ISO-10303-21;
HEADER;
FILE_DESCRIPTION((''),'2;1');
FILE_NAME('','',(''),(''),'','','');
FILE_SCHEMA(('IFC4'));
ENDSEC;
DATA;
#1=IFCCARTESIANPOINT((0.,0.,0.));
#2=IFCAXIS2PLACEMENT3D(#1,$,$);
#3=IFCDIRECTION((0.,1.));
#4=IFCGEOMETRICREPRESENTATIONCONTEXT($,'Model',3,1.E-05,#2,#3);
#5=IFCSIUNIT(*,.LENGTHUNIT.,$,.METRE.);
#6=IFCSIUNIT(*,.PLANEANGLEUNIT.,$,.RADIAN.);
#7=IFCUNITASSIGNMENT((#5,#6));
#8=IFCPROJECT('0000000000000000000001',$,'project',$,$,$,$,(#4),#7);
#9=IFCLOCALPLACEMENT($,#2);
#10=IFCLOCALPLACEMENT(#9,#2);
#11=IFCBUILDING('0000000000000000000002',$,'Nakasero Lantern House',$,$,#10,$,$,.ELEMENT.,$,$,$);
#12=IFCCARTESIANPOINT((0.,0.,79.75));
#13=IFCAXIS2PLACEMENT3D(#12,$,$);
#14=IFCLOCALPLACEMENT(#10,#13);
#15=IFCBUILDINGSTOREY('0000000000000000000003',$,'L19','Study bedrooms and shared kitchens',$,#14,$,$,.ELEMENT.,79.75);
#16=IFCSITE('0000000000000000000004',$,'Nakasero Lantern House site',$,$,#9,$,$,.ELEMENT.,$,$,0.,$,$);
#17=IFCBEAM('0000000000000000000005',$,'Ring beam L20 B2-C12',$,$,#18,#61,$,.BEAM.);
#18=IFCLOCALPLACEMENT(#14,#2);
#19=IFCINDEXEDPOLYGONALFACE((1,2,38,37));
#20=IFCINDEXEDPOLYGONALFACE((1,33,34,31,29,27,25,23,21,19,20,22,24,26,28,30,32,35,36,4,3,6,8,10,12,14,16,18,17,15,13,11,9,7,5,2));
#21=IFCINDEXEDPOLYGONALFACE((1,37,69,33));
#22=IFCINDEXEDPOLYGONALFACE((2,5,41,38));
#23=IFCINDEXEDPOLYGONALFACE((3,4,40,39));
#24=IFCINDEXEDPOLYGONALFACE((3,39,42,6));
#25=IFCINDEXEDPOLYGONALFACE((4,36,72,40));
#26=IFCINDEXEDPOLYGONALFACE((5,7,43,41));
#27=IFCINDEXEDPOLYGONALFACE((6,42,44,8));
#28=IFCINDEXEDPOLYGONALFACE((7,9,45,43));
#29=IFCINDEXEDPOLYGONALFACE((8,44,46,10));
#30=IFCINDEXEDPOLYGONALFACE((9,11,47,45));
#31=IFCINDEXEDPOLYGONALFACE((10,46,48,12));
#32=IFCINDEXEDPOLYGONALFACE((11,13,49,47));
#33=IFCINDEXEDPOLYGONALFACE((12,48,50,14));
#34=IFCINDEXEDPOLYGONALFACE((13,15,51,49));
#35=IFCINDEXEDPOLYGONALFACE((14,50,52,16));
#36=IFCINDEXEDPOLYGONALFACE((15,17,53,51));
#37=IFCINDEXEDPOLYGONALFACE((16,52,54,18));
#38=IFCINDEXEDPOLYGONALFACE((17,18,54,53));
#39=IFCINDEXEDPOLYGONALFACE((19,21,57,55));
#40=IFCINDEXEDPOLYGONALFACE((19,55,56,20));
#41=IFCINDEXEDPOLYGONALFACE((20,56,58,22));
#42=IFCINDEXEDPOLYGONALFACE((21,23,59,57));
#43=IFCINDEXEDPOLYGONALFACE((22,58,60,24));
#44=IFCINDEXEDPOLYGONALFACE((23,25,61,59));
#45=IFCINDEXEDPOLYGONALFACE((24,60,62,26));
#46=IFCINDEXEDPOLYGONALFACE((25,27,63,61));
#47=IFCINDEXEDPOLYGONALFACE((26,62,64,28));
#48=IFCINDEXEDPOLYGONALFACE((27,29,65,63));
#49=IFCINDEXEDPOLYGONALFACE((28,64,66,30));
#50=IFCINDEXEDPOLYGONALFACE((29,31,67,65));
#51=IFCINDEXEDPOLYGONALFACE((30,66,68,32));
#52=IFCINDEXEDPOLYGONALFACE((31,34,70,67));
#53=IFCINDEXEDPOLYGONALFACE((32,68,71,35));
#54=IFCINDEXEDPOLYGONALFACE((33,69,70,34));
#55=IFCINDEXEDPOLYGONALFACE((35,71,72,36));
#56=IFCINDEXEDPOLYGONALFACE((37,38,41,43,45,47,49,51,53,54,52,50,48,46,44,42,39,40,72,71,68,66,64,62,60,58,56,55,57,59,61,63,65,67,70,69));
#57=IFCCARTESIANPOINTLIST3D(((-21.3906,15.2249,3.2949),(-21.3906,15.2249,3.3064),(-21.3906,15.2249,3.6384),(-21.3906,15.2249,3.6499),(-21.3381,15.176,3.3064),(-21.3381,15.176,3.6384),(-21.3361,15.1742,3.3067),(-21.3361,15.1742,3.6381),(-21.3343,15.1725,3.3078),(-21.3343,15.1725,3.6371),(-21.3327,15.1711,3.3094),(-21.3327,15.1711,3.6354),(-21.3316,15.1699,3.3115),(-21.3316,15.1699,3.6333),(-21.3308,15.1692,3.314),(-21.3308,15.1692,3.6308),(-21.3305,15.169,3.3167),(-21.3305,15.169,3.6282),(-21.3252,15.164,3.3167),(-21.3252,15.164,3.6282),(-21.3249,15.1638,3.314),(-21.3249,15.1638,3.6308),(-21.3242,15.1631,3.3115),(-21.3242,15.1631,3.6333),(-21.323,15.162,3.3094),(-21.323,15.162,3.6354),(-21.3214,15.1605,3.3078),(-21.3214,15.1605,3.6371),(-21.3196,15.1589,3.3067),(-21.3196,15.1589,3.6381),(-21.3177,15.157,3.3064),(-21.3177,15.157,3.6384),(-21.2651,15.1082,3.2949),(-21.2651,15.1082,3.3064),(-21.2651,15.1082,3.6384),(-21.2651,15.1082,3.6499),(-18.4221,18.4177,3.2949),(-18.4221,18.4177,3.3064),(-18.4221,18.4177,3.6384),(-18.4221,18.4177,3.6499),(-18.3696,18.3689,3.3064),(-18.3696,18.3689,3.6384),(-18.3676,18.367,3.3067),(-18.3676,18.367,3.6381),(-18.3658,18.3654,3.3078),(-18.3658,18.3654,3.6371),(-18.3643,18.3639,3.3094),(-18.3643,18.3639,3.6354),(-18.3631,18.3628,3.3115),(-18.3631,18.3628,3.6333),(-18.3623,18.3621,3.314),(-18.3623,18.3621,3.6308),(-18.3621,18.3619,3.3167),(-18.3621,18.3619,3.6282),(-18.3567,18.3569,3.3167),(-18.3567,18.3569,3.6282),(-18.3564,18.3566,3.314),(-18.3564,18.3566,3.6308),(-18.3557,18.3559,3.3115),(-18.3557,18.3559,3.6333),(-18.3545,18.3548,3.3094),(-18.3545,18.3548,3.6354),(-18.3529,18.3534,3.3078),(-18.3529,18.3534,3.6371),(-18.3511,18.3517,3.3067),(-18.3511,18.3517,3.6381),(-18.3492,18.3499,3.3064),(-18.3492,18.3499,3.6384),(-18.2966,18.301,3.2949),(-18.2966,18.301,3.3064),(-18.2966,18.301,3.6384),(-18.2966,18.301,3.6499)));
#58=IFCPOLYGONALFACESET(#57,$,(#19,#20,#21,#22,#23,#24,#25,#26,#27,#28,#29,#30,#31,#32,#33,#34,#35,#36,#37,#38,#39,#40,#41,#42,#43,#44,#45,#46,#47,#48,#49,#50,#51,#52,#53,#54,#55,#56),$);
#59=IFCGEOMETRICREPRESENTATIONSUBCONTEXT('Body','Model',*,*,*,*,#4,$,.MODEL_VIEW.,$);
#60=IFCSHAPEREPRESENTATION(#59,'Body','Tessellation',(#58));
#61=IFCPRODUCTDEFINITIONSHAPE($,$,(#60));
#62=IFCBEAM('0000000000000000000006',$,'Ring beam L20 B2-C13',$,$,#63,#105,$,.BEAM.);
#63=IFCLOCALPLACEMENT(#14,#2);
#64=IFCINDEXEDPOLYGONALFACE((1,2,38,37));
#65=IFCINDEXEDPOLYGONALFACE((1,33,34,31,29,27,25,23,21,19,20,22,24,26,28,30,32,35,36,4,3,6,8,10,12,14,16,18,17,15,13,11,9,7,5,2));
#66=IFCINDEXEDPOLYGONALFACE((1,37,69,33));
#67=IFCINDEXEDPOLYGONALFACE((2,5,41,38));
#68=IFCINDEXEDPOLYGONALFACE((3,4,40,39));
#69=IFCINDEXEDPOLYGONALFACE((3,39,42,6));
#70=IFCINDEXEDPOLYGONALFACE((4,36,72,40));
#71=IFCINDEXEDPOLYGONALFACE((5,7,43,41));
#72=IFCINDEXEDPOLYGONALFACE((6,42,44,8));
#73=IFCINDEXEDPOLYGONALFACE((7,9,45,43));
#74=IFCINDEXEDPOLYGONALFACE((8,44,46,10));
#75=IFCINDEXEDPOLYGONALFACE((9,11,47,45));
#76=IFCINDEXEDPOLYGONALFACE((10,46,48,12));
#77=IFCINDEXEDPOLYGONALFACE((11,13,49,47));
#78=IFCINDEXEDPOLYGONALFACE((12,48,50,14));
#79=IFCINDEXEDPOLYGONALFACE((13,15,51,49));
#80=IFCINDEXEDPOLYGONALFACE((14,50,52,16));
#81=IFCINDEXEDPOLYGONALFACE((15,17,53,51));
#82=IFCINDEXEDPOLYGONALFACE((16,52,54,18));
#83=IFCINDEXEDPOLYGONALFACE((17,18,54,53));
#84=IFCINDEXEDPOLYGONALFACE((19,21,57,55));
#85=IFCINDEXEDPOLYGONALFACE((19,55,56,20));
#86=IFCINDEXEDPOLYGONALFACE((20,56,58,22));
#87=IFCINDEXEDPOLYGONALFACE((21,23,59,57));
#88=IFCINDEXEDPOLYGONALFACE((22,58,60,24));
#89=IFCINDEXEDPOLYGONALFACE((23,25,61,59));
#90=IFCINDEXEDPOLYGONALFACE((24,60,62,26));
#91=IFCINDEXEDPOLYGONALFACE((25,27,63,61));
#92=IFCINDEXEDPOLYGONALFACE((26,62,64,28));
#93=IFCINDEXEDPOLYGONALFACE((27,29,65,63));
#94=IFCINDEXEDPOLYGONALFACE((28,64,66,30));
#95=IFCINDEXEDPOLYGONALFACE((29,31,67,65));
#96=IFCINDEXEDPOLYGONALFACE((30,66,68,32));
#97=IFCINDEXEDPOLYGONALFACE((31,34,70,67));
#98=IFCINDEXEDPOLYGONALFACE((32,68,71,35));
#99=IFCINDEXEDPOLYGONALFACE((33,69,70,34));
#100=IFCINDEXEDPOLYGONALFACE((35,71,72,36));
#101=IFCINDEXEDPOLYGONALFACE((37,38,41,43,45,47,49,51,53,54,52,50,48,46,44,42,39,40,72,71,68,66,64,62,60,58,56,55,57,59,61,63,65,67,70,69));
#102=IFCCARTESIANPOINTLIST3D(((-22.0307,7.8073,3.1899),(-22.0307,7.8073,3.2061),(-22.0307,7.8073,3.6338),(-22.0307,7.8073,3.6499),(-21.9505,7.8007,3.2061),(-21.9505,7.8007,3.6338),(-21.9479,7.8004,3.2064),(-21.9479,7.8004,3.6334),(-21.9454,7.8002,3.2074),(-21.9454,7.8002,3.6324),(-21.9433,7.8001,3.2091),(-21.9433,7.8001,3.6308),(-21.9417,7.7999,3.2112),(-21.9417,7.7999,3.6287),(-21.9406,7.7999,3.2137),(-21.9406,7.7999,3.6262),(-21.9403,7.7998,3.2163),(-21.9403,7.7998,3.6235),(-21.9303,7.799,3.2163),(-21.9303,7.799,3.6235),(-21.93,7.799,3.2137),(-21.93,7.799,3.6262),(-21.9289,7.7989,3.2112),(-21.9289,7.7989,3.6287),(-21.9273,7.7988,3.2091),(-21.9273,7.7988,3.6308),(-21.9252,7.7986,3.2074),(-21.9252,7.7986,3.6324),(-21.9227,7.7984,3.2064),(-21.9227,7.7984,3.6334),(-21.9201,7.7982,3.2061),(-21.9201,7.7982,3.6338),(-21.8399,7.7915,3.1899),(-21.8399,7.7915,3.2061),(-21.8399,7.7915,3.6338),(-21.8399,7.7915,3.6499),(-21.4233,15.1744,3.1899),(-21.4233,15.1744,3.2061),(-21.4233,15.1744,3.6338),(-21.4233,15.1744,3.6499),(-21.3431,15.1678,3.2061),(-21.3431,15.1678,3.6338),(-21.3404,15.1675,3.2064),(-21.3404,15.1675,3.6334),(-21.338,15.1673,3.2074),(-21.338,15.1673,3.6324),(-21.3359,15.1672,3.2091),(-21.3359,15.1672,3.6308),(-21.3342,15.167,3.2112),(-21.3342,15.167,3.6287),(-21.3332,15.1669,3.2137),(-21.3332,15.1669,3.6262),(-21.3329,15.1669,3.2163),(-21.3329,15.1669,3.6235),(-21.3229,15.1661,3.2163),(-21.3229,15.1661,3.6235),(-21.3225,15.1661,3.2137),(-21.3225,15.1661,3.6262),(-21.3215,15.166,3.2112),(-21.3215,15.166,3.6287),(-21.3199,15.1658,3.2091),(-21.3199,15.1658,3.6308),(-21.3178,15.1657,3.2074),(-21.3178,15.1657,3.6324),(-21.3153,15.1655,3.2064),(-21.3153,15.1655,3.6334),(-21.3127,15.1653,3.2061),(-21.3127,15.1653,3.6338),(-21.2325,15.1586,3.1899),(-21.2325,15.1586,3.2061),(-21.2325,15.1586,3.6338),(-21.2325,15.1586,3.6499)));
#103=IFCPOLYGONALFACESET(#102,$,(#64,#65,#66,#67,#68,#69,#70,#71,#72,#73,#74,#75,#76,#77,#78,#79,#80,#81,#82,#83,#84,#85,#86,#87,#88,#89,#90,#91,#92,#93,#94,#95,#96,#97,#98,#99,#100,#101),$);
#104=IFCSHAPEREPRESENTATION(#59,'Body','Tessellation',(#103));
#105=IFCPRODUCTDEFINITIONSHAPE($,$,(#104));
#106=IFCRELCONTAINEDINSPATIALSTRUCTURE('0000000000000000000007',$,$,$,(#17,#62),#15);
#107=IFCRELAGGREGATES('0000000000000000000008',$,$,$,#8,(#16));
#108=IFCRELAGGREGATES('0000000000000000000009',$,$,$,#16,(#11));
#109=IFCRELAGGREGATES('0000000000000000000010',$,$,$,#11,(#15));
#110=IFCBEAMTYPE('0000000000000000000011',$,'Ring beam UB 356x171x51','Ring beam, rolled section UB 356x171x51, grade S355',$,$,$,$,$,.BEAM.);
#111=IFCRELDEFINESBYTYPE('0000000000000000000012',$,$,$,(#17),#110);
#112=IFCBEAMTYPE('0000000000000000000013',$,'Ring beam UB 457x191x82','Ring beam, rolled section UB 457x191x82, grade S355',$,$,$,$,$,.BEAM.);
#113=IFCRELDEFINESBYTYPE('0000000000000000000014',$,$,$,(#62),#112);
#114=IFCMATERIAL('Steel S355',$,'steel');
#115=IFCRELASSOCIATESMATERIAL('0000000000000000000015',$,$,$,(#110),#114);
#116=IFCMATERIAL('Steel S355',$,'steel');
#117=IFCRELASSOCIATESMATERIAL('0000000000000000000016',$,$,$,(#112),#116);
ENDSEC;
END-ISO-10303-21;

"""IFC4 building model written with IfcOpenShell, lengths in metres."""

from ifc_helpers import new_model, si_unit, direction, frame, origin, origin_2d, place, context, subcontext, project, spatial, i_section, extrude, material, material_profile, profile_set, type_object, element, save


model = new_model("IFC4")

# Units and contexts
model_context = context("Model", 3, precision=1e-05, world=origin(), true_north=direction((0.0, 1.0)))
body_context = subcontext(model_context, "Body", "Model", "MODEL_VIEW")
ifc_project = project(units=[si_unit("LENGTHUNIT", "METRE"), si_unit("PLANEANGLEUNIT", "RADIAN")], contexts=[model_context])

# Site, building, storey
site_placement = place(None, origin())
site = spatial("IfcSite", under=ifc_project, at=site_placement, Name="Nakasero Lantern House site", CompositionType="ELEMENT", RefElevation=0.0)
building_placement = place(site_placement, origin())
building = spatial("IfcBuilding", under=site, at=building_placement, Name="Nakasero Lantern House", CompositionType="ELEMENT")
storey_placement = place(building_placement, frame((0.0, 0.0, 79.75)))
storey = spatial("IfcBuildingStorey", under=building, at=storey_placement, Name="L19", Description="Study bedrooms and shared kitchens", CompositionType="ELEMENT", Elevation=79.75)

# Beams
ifc_material_1 = material(Name="Steel S355", Category="steel")
ifc_material_profile_1 = material_profile(ifc_material_1, i_section(OverallWidth=0.1714, OverallDepth=0.355, WebThickness=0.0073, FlangeThickness=0.0115, FilletRadius=0.0103, at=origin_2d()), Name="UB 356x171x51")
ifc_profile_set_1 = profile_set([ifc_material_profile_1], Name="Steel S355")
beam_type_1 = type_object("IfcBeamType", Name="Ring beam UB 356x171x51", Description="Ring beam, rolled section UB 356x171x51, grade S355", PredefinedType="BEAM", material=ifc_profile_set_1)
beam_1_placement = place(storey_placement, frame((-18.3594, 18.3594, 3.4724), z_axis=(-0.680906, -0.732371, 0.0), x_axis=(0.732371, -0.680906, 0.0)))
element("IfcBeam", 1, at=beam_1_placement, inside=storey, type_object=beam_type_1, Name="Ring beam L20 B2-C12", PredefinedType="BEAM", context=body_context, shape_type="SweptSolid", body=[
    extrude(i_section(OverallWidth=0.1714, OverallDepth=0.355, WebThickness=0.0073, FlangeThickness=0.0115, FilletRadius=0.0103, at=origin_2d()), origin(), (0.0, 0.0, 1.0), 4.3596),
])
ifc_material_2 = material(Name="Steel S355", Category="steel")
ifc_material_profile_2 = material_profile(ifc_material_2, i_section(OverallWidth=0.1914, OverallDepth=0.46, WebThickness=0.01, FlangeThickness=0.0161, FilletRadius=0.0103, at=origin_2d()), Name="UB 457x191x82")
ifc_profile_set_2 = profile_set([ifc_material_profile_2], Name="Steel S355")
beam_type_2 = type_object("IfcBeamType", Name="Ring beam UB 457x191x82", Description="Ring beam, rolled section UB 457x191x82, grade S355", PredefinedType="BEAM", material=ifc_profile_set_2)
beam_2_placement = place(storey_placement, frame((-21.3279, 15.1665, 3.4199), z_axis=(-0.082171, -0.996618, 0.0), x_axis=(0.996618, -0.082171, 0.0)))
element("IfcBeam", 2, at=beam_2_placement, inside=storey, type_object=beam_type_2, Name="Ring beam L20 B2-C13", PredefinedType="BEAM", context=body_context, shape_type="SweptSolid", body=[
    extrude(i_section(OverallWidth=0.1914, OverallDepth=0.46, WebThickness=0.01, FlangeThickness=0.0161, FilletRadius=0.0103, at=origin_2d()), origin(), (0.0, 0.0, 1.0), 7.3921),
])

save(model, "model.ifc")
